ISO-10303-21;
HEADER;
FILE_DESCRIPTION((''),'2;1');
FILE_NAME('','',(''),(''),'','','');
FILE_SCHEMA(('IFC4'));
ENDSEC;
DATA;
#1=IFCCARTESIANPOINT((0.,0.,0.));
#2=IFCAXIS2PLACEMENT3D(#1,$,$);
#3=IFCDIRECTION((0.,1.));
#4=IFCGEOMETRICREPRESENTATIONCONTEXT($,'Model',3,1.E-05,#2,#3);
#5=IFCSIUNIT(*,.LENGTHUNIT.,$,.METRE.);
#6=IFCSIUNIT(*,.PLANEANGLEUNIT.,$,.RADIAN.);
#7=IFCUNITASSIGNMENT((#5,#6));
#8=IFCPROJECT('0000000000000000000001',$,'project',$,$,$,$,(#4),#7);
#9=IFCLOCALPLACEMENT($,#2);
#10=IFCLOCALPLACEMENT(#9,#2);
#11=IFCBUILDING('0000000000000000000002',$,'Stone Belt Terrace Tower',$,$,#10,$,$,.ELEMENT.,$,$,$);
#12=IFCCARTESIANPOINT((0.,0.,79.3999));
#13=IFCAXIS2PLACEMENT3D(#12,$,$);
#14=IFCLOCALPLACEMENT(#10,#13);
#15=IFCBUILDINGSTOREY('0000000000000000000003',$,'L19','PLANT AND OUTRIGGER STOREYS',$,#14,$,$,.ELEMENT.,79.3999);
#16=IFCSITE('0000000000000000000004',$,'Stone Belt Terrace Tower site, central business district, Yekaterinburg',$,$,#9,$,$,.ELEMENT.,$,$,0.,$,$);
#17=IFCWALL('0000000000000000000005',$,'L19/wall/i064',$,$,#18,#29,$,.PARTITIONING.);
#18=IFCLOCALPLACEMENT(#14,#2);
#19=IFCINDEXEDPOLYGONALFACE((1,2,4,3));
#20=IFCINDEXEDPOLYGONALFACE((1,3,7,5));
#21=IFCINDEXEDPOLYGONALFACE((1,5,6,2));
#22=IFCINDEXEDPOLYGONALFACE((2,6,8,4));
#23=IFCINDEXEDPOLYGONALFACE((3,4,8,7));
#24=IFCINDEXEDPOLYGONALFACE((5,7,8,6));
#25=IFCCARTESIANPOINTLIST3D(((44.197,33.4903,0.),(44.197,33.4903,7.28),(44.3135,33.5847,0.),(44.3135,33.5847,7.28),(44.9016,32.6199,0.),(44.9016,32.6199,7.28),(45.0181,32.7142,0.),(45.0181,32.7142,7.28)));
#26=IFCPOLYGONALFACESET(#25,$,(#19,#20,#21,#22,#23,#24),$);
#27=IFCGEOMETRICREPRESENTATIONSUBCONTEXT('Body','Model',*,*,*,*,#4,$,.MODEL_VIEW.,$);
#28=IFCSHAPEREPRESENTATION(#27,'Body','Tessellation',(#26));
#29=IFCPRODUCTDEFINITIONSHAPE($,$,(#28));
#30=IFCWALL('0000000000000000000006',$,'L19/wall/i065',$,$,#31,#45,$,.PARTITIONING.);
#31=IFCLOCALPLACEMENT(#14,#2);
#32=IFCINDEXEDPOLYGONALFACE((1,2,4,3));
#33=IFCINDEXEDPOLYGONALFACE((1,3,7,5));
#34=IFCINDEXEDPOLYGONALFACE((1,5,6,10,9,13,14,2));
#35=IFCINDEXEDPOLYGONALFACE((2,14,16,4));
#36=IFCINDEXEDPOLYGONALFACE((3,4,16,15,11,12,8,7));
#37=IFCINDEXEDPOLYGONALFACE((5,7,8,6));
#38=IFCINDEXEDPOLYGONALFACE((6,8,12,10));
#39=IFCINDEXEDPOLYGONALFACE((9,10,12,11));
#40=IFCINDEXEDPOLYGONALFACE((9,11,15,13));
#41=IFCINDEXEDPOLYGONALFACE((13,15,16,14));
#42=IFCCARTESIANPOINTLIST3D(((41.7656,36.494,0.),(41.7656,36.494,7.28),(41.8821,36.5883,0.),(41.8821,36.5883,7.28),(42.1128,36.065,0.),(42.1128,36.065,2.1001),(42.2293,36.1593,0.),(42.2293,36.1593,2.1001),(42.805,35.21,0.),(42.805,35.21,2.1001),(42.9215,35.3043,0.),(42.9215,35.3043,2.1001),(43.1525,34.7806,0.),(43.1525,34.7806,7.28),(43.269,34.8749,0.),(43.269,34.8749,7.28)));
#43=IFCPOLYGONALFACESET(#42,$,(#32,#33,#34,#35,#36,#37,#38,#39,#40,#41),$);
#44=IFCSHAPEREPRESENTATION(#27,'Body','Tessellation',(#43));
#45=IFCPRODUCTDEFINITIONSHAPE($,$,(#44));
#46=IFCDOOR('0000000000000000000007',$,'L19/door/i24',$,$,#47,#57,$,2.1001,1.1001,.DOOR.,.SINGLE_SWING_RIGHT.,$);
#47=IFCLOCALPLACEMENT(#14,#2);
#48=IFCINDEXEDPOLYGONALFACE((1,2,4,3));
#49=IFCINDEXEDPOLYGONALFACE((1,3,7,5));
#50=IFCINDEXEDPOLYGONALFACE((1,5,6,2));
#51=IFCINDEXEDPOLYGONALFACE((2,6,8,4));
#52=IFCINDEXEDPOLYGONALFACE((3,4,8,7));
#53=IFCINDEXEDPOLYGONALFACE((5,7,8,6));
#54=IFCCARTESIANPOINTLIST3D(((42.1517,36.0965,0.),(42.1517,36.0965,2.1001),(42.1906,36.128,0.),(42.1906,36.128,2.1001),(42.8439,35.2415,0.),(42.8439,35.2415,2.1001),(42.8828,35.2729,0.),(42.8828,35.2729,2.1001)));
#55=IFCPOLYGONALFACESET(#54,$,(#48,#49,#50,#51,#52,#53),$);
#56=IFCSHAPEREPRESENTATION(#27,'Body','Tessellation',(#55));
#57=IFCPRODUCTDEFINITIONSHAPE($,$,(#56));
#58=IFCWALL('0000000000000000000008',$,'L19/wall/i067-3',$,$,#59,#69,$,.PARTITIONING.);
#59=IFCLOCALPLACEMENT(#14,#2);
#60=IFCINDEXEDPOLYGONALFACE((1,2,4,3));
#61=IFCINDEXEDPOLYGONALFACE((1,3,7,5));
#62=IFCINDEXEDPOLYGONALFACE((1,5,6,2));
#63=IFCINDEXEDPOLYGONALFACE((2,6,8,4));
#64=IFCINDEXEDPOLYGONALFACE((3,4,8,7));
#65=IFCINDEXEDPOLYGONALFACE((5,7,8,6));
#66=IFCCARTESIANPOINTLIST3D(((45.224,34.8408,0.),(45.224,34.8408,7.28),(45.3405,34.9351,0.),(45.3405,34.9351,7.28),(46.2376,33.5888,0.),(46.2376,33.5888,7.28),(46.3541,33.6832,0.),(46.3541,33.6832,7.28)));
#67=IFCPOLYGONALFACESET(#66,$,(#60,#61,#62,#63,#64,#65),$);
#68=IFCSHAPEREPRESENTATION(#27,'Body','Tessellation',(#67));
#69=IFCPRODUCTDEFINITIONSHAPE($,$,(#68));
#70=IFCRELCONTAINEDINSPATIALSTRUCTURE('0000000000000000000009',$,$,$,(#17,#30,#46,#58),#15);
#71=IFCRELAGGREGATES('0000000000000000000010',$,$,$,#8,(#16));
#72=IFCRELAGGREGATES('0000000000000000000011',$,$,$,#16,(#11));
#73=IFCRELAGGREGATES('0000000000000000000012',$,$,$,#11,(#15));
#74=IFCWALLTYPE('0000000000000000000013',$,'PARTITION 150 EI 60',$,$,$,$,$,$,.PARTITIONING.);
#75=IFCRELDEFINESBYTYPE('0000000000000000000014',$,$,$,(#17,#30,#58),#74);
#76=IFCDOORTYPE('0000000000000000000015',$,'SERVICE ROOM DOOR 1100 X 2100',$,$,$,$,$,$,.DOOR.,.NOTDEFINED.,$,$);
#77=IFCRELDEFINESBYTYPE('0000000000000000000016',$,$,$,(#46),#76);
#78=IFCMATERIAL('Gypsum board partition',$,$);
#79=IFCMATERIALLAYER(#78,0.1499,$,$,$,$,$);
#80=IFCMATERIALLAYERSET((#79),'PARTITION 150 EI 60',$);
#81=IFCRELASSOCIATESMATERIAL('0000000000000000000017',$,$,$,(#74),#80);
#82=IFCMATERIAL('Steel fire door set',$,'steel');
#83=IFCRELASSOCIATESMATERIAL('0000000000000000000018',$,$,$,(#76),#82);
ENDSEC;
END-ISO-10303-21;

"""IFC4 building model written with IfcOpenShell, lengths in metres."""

from ifc_helpers import new_model, si_unit, direction, frame, frame_2d, origin, place, context, subcontext, project, spatial, rectangle, extrude, material, layer, layer_set, type_object, element, fill, save


model = new_model("IFC4")

# Units and contexts
model_context = context("Model", 3, precision=1e-05, world=origin(), true_north=direction((0.0, 1.0)))
body_context = subcontext(model_context, "Body", "Model", "MODEL_VIEW")
ifc_project = project(units=[si_unit("LENGTHUNIT", "METRE"), si_unit("PLANEANGLEUNIT", "RADIAN")], contexts=[model_context])

# Site, building, storey
site_placement = place(None, origin())
site = spatial("IfcSite", under=ifc_project, at=site_placement, Name="Stone Belt Terrace Tower site, central business district, Yekaterinburg", CompositionType="ELEMENT", RefElevation=0.0)
building_placement = place(site_placement, origin())
building = spatial("IfcBuilding", under=site, at=building_placement, Name="Stone Belt Terrace Tower", CompositionType="ELEMENT")
storey_placement = place(building_placement, frame((0.0, 0.0, 79.3999)))
storey = spatial("IfcBuildingStorey", under=building, at=storey_placement, Name="L19", Description="PLANT AND OUTRIGGER STOREYS", CompositionType="ELEMENT", Elevation=79.3999)

# Shared definitions
ifc_material_1 = material(Name="Gypsum board partition")
ifc_layer_1 = layer(ifc_material_1, 0.1499)
ifc_layer_set_1 = layer_set([ifc_layer_1], Name="PARTITION 150 EI 60")
wall_type = type_object("IfcWallType", Name="PARTITION 150 EI 60", PredefinedType="PARTITIONING", material=ifc_layer_set_1)
ifc_material_2 = material(Name="Steel fire door set", Category="steel")

# Wall
wall_1_placement = place(storey_placement, frame((44.96, 32.667, 0.0), z_axis=(0.0, 0.0, 1.0), x_axis=(-0.629205, 0.77724, 0.0)))
element("IfcWall", 1, at=wall_1_placement, inside=storey, type_object=wall_type, Name="L19/wall/i064", PredefinedType="PARTITIONING", context=body_context, shape_type="SweptSolid", body=[
    extrude(rectangle(XDim=1.1199, YDim=0.1499, at=frame_2d((0.5601, 0.0))), origin(), (0.0, 0.0, 1.0), 7.28),
])

# Wall, opening, door
wall_2_placement = place(storey_placement, frame((43.2107, 34.8279, 0.0), z_axis=(0.0, 0.0, 1.0), x_axis=(-0.629182, 0.777258, 0.0)))
wall_2 = element("IfcWall", 2, at=wall_2_placement, inside=storey, type_object=wall_type, Name="L19/wall/i065", PredefinedType="PARTITIONING", context=body_context, shape_type="SweptSolid", body=[
    extrude(rectangle(XDim=2.2043, YDim=0.1499, at=frame_2d((1.1021, 0.0))), origin(), (0.0, 0.0, 1.0), 7.28),
])
opening_1_placement = place(wall_2_placement, frame((0.5522, 0.0, 0.0)))
opening_1 = element("IfcOpeningElement", 3, at=opening_1_placement, cuts=wall_2, PredefinedType="OPENING", context=body_context, shape_type="SweptSolid", body=[
    extrude(rectangle(XDim=1.1001, YDim=2.1001, at=frame_2d((0.55, 1.05))), frame((0.0, 0.085, 0.0), z_axis=(0.0, -1.0, 0.0), x_axis=(1.0, 0.0, 0.0)), (0.0, 0.0, 1.0), 0.1699),
])
door_type_1 = type_object("IfcDoorType", Name="SERVICE ROOM DOOR 1100 X 2100", OperationType="NOTDEFINED", PredefinedType="DOOR", material=ifc_material_2)
door_1_placement = place(opening_1_placement, origin())
door_1 = element("IfcDoor", 4, at=door_1_placement, inside=storey, type_object=door_type_1, Name="L19/door/i24", OperationType="SINGLE_SWING_RIGHT", OverallHeight=2.1001, OverallWidth=1.1001, PredefinedType="DOOR", context=body_context, shape_type="SweptSolid", body=[
    extrude(rectangle(XDim=1.1001, YDim=2.1001, at=frame_2d((0.55, 1.05))), frame((0.0, 0.0249, 0.0), z_axis=(0.0, -1.0, 0.0), x_axis=(1.0, 0.0, 0.0)), (0.0, 0.0, 1.0), 0.05),
])
fill(opening_1, door_1)

# Wall
wall_3_placement = place(storey_placement, frame((45.2822, 34.8879, 0.0), z_axis=(0.0, 0.0, 1.0), x_axis=(0.629268, -0.777188, 0.0)))
element("IfcWall", 5, at=wall_3_placement, inside=storey, type_object=wall_type, Name="L19/wall/i067-3", PredefinedType="PARTITIONING", context=body_context, shape_type="SweptSolid", body=[
    extrude(rectangle(XDim=1.6108, YDim=0.1499, at=frame_2d((0.8054, 0.0))), origin(), (0.0, 0.0, 1.0), 7.28),
])

save(model, "model.ifc")
